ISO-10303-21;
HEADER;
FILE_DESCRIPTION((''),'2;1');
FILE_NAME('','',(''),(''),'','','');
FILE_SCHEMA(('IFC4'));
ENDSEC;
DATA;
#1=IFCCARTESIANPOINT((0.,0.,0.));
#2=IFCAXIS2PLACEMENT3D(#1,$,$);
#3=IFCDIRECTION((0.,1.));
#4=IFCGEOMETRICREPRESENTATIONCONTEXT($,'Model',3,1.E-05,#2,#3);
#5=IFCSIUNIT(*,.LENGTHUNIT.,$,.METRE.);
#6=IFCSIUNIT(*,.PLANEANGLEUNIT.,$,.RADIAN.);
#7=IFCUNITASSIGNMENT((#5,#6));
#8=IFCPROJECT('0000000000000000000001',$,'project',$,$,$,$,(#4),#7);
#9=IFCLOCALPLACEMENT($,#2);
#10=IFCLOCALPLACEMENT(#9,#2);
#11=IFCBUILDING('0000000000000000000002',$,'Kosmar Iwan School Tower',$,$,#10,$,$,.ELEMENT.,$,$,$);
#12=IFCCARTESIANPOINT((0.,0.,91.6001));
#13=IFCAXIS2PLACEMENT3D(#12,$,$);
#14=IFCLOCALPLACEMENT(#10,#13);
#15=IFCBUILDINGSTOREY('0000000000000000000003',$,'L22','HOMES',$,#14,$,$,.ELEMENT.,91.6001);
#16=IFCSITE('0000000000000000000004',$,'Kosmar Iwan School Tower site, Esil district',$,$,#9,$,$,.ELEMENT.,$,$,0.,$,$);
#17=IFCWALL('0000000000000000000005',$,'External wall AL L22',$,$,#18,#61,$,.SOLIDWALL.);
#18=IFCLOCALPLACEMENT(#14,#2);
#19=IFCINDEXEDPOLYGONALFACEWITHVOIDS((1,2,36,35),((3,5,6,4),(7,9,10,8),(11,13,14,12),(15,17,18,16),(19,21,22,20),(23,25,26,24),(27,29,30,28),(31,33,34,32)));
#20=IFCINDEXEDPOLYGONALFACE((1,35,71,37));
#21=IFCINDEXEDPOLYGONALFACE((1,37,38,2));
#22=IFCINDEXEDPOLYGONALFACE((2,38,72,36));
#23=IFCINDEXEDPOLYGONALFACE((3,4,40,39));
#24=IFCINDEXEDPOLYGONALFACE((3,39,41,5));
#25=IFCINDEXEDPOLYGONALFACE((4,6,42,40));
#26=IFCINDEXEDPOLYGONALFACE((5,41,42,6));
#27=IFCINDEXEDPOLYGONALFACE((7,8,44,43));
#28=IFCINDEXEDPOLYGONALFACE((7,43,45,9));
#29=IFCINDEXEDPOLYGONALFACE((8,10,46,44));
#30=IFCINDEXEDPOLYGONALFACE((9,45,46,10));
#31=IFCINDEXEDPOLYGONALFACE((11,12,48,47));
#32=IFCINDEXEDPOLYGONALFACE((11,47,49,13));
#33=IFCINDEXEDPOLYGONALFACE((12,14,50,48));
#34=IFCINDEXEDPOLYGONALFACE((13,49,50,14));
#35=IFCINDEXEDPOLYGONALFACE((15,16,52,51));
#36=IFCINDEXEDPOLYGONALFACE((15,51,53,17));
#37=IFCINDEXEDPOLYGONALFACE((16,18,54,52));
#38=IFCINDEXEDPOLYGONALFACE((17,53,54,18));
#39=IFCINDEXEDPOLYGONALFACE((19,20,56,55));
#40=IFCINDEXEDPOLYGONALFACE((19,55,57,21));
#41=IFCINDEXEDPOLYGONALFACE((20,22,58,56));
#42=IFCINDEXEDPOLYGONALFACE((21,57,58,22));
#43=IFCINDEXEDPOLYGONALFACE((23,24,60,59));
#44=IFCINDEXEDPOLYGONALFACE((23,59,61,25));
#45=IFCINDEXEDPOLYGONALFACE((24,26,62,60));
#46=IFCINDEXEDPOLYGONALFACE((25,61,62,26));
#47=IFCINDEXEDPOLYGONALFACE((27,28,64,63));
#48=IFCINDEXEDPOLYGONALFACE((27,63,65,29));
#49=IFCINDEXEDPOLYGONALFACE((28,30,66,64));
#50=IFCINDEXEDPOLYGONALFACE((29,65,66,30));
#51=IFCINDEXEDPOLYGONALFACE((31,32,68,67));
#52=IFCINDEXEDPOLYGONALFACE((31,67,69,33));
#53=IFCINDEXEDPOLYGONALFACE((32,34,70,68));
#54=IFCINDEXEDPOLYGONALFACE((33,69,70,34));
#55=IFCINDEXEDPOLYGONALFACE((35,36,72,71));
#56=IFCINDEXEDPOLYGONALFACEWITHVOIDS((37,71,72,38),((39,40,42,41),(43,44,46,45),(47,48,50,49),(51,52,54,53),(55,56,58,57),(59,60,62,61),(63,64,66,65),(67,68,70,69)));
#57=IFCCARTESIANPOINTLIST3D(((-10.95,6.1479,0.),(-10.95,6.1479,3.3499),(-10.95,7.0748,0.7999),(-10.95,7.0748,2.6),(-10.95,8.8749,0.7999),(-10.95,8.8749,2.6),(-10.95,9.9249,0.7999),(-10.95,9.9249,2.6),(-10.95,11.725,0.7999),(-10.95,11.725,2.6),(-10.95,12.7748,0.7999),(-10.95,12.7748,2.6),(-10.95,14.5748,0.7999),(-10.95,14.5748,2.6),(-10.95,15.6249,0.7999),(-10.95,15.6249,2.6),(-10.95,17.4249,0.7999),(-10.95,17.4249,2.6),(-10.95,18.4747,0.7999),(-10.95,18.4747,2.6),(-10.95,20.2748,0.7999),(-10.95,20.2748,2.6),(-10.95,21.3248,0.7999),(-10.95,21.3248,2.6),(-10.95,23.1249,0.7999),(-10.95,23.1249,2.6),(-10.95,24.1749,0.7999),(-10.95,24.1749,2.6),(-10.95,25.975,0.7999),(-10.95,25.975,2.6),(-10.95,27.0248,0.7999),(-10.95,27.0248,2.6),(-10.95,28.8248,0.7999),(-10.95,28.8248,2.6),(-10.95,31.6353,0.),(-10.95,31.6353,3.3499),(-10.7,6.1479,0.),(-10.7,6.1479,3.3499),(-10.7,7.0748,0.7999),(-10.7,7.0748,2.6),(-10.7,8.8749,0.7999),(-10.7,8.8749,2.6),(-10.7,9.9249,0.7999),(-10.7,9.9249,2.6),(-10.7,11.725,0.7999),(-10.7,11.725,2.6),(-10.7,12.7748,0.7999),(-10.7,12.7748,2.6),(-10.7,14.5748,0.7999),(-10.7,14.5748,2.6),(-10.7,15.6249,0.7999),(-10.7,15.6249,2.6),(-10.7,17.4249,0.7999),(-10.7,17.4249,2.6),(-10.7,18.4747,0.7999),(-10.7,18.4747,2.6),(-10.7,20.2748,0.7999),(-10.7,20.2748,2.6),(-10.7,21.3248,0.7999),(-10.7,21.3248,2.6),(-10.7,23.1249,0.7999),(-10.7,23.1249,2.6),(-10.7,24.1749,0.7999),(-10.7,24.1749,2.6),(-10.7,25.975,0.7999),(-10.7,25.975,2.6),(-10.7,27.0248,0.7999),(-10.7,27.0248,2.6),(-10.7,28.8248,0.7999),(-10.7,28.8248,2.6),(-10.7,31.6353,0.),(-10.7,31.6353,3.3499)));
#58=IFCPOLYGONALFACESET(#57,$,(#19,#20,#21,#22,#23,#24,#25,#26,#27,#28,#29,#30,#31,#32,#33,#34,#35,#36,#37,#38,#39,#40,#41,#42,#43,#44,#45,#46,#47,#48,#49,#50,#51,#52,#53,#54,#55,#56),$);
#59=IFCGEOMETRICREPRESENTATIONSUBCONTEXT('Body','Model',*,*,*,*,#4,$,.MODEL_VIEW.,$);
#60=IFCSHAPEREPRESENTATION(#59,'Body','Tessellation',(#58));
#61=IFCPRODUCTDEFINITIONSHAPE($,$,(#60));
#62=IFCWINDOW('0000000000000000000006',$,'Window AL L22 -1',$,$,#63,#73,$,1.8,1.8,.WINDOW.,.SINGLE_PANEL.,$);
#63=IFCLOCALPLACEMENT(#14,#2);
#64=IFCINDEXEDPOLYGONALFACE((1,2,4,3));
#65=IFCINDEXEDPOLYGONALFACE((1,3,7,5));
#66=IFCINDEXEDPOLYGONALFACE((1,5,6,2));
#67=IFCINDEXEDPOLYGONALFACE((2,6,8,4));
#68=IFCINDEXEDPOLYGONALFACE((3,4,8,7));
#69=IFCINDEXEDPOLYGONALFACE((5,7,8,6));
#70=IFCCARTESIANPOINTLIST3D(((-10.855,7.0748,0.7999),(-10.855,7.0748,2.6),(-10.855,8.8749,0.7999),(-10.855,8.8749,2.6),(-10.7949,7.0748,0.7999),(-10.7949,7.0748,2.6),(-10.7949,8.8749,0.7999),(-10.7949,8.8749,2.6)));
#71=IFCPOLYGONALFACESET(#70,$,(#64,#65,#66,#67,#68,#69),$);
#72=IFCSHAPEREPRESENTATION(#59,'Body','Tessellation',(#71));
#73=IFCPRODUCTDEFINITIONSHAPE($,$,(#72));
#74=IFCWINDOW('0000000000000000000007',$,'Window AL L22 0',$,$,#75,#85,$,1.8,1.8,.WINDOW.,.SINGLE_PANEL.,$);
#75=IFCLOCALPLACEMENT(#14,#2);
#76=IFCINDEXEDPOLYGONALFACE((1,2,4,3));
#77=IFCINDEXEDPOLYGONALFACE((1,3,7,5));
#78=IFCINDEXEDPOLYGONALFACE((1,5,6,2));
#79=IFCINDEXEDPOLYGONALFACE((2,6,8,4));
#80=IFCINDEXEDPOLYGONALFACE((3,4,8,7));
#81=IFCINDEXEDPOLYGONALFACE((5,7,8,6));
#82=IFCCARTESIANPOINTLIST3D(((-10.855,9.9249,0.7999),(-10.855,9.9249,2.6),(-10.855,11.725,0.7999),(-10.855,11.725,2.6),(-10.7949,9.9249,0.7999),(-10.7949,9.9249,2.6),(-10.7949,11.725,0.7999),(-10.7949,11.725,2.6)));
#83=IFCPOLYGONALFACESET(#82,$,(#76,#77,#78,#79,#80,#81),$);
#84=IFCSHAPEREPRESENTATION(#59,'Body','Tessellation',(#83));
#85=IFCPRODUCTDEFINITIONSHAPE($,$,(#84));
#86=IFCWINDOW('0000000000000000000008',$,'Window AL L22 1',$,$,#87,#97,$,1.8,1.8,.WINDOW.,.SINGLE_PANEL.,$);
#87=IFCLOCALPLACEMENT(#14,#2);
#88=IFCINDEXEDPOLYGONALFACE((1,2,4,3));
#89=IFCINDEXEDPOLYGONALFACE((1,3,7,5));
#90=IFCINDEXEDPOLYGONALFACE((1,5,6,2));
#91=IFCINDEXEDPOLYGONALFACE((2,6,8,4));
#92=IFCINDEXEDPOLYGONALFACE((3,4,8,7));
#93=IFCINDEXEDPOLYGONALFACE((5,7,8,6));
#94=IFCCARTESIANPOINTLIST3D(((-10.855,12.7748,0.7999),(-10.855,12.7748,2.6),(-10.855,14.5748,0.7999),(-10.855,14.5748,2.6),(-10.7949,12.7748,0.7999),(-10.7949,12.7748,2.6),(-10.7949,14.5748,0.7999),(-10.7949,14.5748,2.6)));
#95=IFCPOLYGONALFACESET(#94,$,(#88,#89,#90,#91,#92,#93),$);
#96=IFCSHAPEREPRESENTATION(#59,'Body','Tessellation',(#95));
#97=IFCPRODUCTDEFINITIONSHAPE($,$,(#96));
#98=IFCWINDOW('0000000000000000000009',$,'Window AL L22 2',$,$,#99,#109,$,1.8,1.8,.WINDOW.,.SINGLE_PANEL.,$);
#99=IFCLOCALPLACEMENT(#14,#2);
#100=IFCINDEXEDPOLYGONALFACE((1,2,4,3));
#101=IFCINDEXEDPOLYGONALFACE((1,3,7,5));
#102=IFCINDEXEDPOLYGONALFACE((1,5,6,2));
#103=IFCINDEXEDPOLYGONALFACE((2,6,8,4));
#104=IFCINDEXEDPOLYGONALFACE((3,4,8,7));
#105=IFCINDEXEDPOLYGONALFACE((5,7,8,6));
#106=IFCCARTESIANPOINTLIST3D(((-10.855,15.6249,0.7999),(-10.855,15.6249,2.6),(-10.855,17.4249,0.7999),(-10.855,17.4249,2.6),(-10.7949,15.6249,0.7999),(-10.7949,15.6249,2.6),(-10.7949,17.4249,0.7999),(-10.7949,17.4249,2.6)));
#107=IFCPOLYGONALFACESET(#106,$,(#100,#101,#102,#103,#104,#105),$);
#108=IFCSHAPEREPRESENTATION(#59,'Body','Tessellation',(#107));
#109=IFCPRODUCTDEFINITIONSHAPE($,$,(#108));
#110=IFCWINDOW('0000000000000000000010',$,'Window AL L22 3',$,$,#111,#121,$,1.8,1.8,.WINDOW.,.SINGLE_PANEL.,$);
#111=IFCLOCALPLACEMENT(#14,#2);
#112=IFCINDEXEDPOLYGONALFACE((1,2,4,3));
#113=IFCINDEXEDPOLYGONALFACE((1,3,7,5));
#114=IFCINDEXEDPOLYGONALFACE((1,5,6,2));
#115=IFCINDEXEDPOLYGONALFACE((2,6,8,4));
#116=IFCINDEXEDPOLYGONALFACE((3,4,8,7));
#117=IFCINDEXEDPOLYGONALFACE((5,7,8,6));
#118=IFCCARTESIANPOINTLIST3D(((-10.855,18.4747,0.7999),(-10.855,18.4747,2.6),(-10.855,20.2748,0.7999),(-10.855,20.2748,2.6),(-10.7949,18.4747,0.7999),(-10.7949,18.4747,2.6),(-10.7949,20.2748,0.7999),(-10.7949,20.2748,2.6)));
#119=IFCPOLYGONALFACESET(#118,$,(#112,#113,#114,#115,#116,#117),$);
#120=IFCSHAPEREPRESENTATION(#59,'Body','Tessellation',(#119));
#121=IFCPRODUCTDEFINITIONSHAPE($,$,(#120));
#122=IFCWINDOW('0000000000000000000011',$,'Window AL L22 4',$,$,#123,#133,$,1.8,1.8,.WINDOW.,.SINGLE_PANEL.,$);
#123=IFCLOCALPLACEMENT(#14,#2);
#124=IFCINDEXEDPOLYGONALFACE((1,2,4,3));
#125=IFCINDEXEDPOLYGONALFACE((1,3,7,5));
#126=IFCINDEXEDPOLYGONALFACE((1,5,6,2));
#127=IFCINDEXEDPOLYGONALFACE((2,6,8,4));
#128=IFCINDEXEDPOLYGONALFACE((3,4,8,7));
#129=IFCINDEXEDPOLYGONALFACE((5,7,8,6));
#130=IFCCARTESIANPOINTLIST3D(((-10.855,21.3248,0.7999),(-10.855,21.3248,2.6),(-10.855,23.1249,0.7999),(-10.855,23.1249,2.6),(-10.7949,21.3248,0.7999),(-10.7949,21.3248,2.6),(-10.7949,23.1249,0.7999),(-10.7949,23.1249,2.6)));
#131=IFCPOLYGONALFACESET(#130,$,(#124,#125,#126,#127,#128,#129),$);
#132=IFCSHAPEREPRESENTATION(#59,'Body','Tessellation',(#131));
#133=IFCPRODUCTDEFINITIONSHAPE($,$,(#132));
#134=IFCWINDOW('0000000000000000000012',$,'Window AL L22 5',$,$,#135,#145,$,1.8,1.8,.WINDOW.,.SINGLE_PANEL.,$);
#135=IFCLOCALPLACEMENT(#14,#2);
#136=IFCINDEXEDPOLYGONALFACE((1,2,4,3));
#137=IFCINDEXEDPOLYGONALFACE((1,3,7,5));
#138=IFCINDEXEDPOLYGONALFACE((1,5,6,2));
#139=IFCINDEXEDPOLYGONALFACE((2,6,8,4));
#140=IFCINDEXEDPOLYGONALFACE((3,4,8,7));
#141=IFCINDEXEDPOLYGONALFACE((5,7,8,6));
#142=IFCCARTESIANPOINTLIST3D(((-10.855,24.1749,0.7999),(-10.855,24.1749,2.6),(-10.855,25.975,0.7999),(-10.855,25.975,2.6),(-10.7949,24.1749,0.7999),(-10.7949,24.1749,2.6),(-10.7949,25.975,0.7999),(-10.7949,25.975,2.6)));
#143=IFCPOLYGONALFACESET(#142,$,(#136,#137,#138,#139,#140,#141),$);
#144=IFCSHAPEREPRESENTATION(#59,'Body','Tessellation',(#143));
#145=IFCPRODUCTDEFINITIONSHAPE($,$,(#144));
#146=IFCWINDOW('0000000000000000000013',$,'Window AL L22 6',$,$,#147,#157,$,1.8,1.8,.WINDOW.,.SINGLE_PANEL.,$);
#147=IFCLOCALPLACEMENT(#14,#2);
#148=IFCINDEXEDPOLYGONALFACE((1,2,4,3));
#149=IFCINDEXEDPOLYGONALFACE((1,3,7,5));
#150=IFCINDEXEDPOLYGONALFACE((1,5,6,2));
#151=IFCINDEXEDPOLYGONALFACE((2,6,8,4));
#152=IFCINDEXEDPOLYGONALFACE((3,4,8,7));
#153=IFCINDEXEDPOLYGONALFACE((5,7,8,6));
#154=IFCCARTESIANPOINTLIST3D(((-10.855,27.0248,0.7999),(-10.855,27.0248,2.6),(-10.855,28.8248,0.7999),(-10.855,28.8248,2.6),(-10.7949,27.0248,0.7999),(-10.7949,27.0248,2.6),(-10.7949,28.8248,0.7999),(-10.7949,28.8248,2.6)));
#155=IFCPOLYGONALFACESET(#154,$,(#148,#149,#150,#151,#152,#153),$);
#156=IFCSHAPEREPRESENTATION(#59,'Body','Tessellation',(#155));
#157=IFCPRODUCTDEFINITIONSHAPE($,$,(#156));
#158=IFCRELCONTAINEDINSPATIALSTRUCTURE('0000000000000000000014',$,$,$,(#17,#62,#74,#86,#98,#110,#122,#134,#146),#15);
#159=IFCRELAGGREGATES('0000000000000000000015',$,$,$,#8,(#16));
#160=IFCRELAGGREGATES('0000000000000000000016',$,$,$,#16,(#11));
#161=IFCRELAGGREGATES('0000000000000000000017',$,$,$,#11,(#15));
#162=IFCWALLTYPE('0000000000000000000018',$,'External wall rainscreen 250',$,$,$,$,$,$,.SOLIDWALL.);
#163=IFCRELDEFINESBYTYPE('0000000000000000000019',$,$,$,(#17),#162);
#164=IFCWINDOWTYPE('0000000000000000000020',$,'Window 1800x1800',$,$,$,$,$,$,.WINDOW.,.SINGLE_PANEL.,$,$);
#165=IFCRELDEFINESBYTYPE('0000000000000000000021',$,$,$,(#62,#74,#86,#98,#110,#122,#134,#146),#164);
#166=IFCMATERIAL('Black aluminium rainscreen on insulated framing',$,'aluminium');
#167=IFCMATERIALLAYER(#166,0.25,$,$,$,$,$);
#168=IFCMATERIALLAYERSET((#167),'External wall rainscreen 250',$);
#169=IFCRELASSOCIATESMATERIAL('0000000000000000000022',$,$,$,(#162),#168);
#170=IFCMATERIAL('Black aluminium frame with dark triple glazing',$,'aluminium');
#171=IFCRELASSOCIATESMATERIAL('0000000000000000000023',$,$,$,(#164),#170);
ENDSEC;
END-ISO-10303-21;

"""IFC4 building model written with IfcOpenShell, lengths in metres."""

from ifc_helpers import new_model, si_unit, direction, frame, frame_2d, origin, place, context, subcontext, project, spatial, rectangle, extrude, material, layer, layer_set, type_object, element, fill, save


model = new_model("IFC4")

# Units and contexts
model_context = context("Model", 3, precision=1e-05, world=origin(), true_north=direction((0.0, 1.0)))
body_context = subcontext(model_context, "Body", "Model", "MODEL_VIEW")
ifc_project = project(units=[si_unit("LENGTHUNIT", "METRE"), si_unit("PLANEANGLEUNIT", "RADIAN")], contexts=[model_context])

# Site, building, storey
site_placement = place(None, origin())
site = spatial("IfcSite", under=ifc_project, at=site_placement, Name="Kosmar Iwan School Tower site, Esil district", CompositionType="ELEMENT", RefElevation=0.0)
building_placement = place(site_placement, origin())
building = spatial("IfcBuilding", under=site, at=building_placement, Name="Kosmar Iwan School Tower", CompositionType="ELEMENT")
storey_placement = place(building_placement, frame((0.0, 0.0, 91.6001)))
storey = spatial("IfcBuildingStorey", under=building, at=storey_placement, Name="L22", Description="HOMES", CompositionType="ELEMENT", Elevation=91.6001)

# Wall, openings, windows
ifc_material_1 = material(Name="Black aluminium rainscreen on insulated framing", Category="aluminium")
ifc_layer = layer(ifc_material_1, 0.25)
ifc_layer_set = layer_set([ifc_layer], Name="External wall rainscreen 250")
wall_type = type_object("IfcWallType", Name="External wall rainscreen 250", PredefinedType="SOLIDWALL", material=ifc_layer_set)
wall_1_placement = place(storey_placement, frame((-10.825, 6.1479, 0.0), z_axis=(0.0, 0.0, 1.0), x_axis=(0.0, 1.0, 0.0)))
wall_1 = element("IfcWall", 1, at=wall_1_placement, inside=storey, type_object=wall_type, Name="External wall AL L22", PredefinedType="SOLIDWALL", context=body_context, shape_type="SweptSolid", body=[
    extrude(rectangle(XDim=25.4873, YDim=0.25, at=frame_2d((12.7437, 0.0))), origin(), (0.0, 0.0, 1.0), 3.3499),
])
opening_1_placement = place(wall_1_placement, frame((0.927, 0.0, 0.8)))
opening_1 = element("IfcOpeningElement", 2, at=opening_1_placement, cuts=wall_1, PredefinedType="OPENING", context=body_context, shape_type="SweptSolid", body=[
    extrude(rectangle(XDim=1.8, YDim=1.8, at=frame_2d((0.8999, 0.8999))), frame((0.0, 0.137, 0.0), z_axis=(0.0, -1.0, 0.0), x_axis=(1.0, 0.0, 0.0)), (0.0, 0.0, 1.0), 0.2739),
])
opening_2_placement = place(wall_1_placement, frame((3.7771, 0.0, 0.8)))
opening_2 = element("IfcOpeningElement", 3, at=opening_2_placement, cuts=wall_1, PredefinedType="OPENING", context=body_context, shape_type="SweptSolid", body=[
    extrude(rectangle(XDim=1.8, YDim=1.8, at=frame_2d((0.8999, 0.8999))), frame((0.0, 0.137, 0.0), z_axis=(0.0, -1.0, 0.0), x_axis=(1.0, 0.0, 0.0)), (0.0, 0.0, 1.0), 0.2739),
])
opening_3_placement = place(wall_1_placement, frame((6.627, 0.0, 0.8)))
opening_3 = element("IfcOpeningElement", 4, at=opening_3_placement, cuts=wall_1, PredefinedType="OPENING", context=body_context, shape_type="SweptSolid", body=[
    extrude(rectangle(XDim=1.8, YDim=1.8, at=frame_2d((0.8999, 0.8999))), frame((0.0, 0.137, 0.0), z_axis=(0.0, -1.0, 0.0), x_axis=(1.0, 0.0, 0.0)), (0.0, 0.0, 1.0), 0.2739),
])
opening_4_placement = place(wall_1_placement, frame((9.4771, 0.0, 0.8)))
opening_4 = element("IfcOpeningElement", 5, at=opening_4_placement, cuts=wall_1, PredefinedType="OPENING", context=body_context, shape_type="SweptSolid", body=[
    extrude(rectangle(XDim=1.8, YDim=1.8, at=frame_2d((0.8999, 0.8999))), frame((0.0, 0.137, 0.0), z_axis=(0.0, -1.0, 0.0), x_axis=(1.0, 0.0, 0.0)), (0.0, 0.0, 1.0), 0.2739),
])
opening_5_placement = place(wall_1_placement, frame((12.3269, 0.0, 0.8)))
opening_5 = element("IfcOpeningElement", 6, at=opening_5_placement, cuts=wall_1, PredefinedType="OPENING", context=body_context, shape_type="SweptSolid", body=[
    extrude(rectangle(XDim=1.8, YDim=1.8, at=frame_2d((0.8999, 0.8999))), frame((0.0, 0.137, 0.0), z_axis=(0.0, -1.0, 0.0), x_axis=(1.0, 0.0, 0.0)), (0.0, 0.0, 1.0), 0.2739),
])
opening_6_placement = place(wall_1_placement, frame((15.177, 0.0, 0.8)))
opening_6 = element("IfcOpeningElement", 7, at=opening_6_placement, cuts=wall_1, PredefinedType="OPENING", context=body_context, shape_type="SweptSolid", body=[
    extrude(rectangle(XDim=1.8, YDim=1.8, at=frame_2d((0.8999, 0.8999))), frame((0.0, 0.137, 0.0), z_axis=(0.0, -1.0, 0.0), x_axis=(1.0, 0.0, 0.0)), (0.0, 0.0, 1.0), 0.2739),
])
opening_7_placement = place(wall_1_placement, frame((18.0271, 0.0, 0.8)))
opening_7 = element("IfcOpeningElement", 8, at=opening_7_placement, cuts=wall_1, PredefinedType="OPENING", context=body_context, shape_type="SweptSolid", body=[
    extrude(rectangle(XDim=1.8, YDim=1.8, at=frame_2d((0.8999, 0.8999))), frame((0.0, 0.137, 0.0), z_axis=(0.0, -1.0, 0.0), x_axis=(1.0, 0.0, 0.0)), (0.0, 0.0, 1.0), 0.2739),
])
opening_8_placement = place(wall_1_placement, frame((20.877, 0.0, 0.8)))
opening_8 = element("IfcOpeningElement", 9, at=opening_8_placement, cuts=wall_1, PredefinedType="OPENING", context=body_context, shape_type="SweptSolid", body=[
    extrude(rectangle(XDim=1.8, YDim=1.8, at=frame_2d((0.8999, 0.8999))), frame((0.0, 0.137, 0.0), z_axis=(0.0, -1.0, 0.0), x_axis=(1.0, 0.0, 0.0)), (0.0, 0.0, 1.0), 0.2739),
])
ifc_material_2 = material(Name="Black aluminium frame with dark triple glazing", Category="aluminium")
window_type = type_object("IfcWindowType", Name="Window 1800x1800", PartitioningType="SINGLE_PANEL", PredefinedType="WINDOW", material=ifc_material_2)
window_1_placement = place(opening_1_placement, origin())
window_1 = element("IfcWindow", 10, at=window_1_placement, inside=storey, type_object=window_type, Name="Window AL L22 -1", OverallHeight=1.8, OverallWidth=1.8, PartitioningType="SINGLE_PANEL", PredefinedType="WINDOW", context=body_context, shape_type="SweptSolid", body=[
    extrude(rectangle(XDim=1.8, YDim=1.8, at=frame_2d((0.8999, 0.8999))), frame((0.0, 0.03, 0.0), z_axis=(0.0, -1.0, 0.0), x_axis=(1.0, 0.0, 0.0)), (0.0, 0.0, 1.0), 0.0601),
])
fill(opening_1, window_1)
window_2_placement = place(opening_2_placement, origin())
window_2 = element("IfcWindow", 11, at=window_2_placement, inside=storey, type_object=window_type, Name="Window AL L22 0", OverallHeight=1.8, OverallWidth=1.8, PartitioningType="SINGLE_PANEL", PredefinedType="WINDOW", context=body_context, shape_type="SweptSolid", body=[
    extrude(rectangle(XDim=1.8, YDim=1.8, at=frame_2d((0.8999, 0.8999))), frame((0.0, 0.03, 0.0), z_axis=(0.0, -1.0, 0.0), x_axis=(1.0, 0.0, 0.0)), (0.0, 0.0, 1.0), 0.0601),
])
fill(opening_2, window_2)
window_3_placement = place(opening_3_placement, origin())
window_3 = element("IfcWindow", 12, at=window_3_placement, inside=storey, type_object=window_type, Name="Window AL L22 1", OverallHeight=1.8, OverallWidth=1.8, PartitioningType="SINGLE_PANEL", PredefinedType="WINDOW", context=body_context, shape_type="SweptSolid", body=[
    extrude(rectangle(XDim=1.8, YDim=1.8, at=frame_2d((0.8999, 0.8999))), frame((0.0, 0.03, 0.0), z_axis=(0.0, -1.0, 0.0), x_axis=(1.0, 0.0, 0.0)), (0.0, 0.0, 1.0), 0.0601),
])
fill(opening_3, window_3)
window_4_placement = place(opening_4_placement, origin())
window_4 = element("IfcWindow", 13, at=window_4_placement, inside=storey, type_object=window_type, Name="Window AL L22 2", OverallHeight=1.8, OverallWidth=1.8, PartitioningType="SINGLE_PANEL", PredefinedType="WINDOW", context=body_context, shape_type="SweptSolid", body=[
    extrude(rectangle(XDim=1.8, YDim=1.8, at=frame_2d((0.8999, 0.8999))), frame((0.0, 0.03, 0.0), z_axis=(0.0, -1.0, 0.0), x_axis=(1.0, 0.0, 0.0)), (0.0, 0.0, 1.0), 0.0601),
])
fill(opening_4, window_4)
window_5_placement = place(opening_5_placement, origin())
window_5 = element("IfcWindow", 14, at=window_5_placement, inside=storey, type_object=window_type, Name="Window AL L22 3", OverallHeight=1.8, OverallWidth=1.8, PartitioningType="SINGLE_PANEL", PredefinedType="WINDOW", context=body_context, shape_type="SweptSolid", body=[
    extrude(rectangle(XDim=1.8, YDim=1.8, at=frame_2d((0.8999, 0.8999))), frame((0.0, 0.03, 0.0), z_axis=(0.0, -1.0, 0.0), x_axis=(1.0, 0.0, 0.0)), (0.0, 0.0, 1.0), 0.0601),
])
fill(opening_5, window_5)
window_6_placement = place(opening_6_placement, origin())
window_6 = element("IfcWindow", 15, at=window_6_placement, inside=storey, type_object=window_type, Name="Window AL L22 4", OverallHeight=1.8, OverallWidth=1.8, PartitioningType="SINGLE_PANEL", PredefinedType="WINDOW", context=body_context, shape_type="SweptSolid", body=[
    extrude(rectangle(XDim=1.8, YDim=1.8, at=frame_2d((0.8999, 0.8999))), frame((0.0, 0.03, 0.0), z_axis=(0.0, -1.0, 0.0), x_axis=(1.0, 0.0, 0.0)), (0.0, 0.0, 1.0), 0.0601),
])
fill(opening_6, window_6)
window_7_placement = place(opening_7_placement, origin())
window_7 = element("IfcWindow", 16, at=window_7_placement, inside=storey, type_object=window_type, Name="Window AL L22 5", OverallHeight=1.8, OverallWidth=1.8, PartitioningType="SINGLE_PANEL", PredefinedType="WINDOW", context=body_context, shape_type="SweptSolid", body=[
    extrude(rectangle(XDim=1.8, YDim=1.8, at=frame_2d((0.8999, 0.8999))), frame((0.0, 0.03, 0.0), z_axis=(0.0, -1.0, 0.0), x_axis=(1.0, 0.0, 0.0)), (0.0, 0.0, 1.0), 0.0601),
])
fill(opening_7, window_7)
window_8_placement = place(opening_8_placement, origin())
window_8 = element("IfcWindow", 17, at=window_8_placement, inside=storey, type_object=window_type, Name="Window AL L22 6", OverallHeight=1.8, OverallWidth=1.8, PartitioningType="SINGLE_PANEL", PredefinedType="WINDOW", context=body_context, shape_type="SweptSolid", body=[
    extrude(rectangle(XDim=1.8, YDim=1.8, at=frame_2d((0.8999, 0.8999))), frame((0.0, 0.03, 0.0), z_axis=(0.0, -1.0, 0.0), x_axis=(1.0, 0.0, 0.0)), (0.0, 0.0, 1.0), 0.0601),
])
fill(opening_8, window_8)

save(model, "model.ifc")
